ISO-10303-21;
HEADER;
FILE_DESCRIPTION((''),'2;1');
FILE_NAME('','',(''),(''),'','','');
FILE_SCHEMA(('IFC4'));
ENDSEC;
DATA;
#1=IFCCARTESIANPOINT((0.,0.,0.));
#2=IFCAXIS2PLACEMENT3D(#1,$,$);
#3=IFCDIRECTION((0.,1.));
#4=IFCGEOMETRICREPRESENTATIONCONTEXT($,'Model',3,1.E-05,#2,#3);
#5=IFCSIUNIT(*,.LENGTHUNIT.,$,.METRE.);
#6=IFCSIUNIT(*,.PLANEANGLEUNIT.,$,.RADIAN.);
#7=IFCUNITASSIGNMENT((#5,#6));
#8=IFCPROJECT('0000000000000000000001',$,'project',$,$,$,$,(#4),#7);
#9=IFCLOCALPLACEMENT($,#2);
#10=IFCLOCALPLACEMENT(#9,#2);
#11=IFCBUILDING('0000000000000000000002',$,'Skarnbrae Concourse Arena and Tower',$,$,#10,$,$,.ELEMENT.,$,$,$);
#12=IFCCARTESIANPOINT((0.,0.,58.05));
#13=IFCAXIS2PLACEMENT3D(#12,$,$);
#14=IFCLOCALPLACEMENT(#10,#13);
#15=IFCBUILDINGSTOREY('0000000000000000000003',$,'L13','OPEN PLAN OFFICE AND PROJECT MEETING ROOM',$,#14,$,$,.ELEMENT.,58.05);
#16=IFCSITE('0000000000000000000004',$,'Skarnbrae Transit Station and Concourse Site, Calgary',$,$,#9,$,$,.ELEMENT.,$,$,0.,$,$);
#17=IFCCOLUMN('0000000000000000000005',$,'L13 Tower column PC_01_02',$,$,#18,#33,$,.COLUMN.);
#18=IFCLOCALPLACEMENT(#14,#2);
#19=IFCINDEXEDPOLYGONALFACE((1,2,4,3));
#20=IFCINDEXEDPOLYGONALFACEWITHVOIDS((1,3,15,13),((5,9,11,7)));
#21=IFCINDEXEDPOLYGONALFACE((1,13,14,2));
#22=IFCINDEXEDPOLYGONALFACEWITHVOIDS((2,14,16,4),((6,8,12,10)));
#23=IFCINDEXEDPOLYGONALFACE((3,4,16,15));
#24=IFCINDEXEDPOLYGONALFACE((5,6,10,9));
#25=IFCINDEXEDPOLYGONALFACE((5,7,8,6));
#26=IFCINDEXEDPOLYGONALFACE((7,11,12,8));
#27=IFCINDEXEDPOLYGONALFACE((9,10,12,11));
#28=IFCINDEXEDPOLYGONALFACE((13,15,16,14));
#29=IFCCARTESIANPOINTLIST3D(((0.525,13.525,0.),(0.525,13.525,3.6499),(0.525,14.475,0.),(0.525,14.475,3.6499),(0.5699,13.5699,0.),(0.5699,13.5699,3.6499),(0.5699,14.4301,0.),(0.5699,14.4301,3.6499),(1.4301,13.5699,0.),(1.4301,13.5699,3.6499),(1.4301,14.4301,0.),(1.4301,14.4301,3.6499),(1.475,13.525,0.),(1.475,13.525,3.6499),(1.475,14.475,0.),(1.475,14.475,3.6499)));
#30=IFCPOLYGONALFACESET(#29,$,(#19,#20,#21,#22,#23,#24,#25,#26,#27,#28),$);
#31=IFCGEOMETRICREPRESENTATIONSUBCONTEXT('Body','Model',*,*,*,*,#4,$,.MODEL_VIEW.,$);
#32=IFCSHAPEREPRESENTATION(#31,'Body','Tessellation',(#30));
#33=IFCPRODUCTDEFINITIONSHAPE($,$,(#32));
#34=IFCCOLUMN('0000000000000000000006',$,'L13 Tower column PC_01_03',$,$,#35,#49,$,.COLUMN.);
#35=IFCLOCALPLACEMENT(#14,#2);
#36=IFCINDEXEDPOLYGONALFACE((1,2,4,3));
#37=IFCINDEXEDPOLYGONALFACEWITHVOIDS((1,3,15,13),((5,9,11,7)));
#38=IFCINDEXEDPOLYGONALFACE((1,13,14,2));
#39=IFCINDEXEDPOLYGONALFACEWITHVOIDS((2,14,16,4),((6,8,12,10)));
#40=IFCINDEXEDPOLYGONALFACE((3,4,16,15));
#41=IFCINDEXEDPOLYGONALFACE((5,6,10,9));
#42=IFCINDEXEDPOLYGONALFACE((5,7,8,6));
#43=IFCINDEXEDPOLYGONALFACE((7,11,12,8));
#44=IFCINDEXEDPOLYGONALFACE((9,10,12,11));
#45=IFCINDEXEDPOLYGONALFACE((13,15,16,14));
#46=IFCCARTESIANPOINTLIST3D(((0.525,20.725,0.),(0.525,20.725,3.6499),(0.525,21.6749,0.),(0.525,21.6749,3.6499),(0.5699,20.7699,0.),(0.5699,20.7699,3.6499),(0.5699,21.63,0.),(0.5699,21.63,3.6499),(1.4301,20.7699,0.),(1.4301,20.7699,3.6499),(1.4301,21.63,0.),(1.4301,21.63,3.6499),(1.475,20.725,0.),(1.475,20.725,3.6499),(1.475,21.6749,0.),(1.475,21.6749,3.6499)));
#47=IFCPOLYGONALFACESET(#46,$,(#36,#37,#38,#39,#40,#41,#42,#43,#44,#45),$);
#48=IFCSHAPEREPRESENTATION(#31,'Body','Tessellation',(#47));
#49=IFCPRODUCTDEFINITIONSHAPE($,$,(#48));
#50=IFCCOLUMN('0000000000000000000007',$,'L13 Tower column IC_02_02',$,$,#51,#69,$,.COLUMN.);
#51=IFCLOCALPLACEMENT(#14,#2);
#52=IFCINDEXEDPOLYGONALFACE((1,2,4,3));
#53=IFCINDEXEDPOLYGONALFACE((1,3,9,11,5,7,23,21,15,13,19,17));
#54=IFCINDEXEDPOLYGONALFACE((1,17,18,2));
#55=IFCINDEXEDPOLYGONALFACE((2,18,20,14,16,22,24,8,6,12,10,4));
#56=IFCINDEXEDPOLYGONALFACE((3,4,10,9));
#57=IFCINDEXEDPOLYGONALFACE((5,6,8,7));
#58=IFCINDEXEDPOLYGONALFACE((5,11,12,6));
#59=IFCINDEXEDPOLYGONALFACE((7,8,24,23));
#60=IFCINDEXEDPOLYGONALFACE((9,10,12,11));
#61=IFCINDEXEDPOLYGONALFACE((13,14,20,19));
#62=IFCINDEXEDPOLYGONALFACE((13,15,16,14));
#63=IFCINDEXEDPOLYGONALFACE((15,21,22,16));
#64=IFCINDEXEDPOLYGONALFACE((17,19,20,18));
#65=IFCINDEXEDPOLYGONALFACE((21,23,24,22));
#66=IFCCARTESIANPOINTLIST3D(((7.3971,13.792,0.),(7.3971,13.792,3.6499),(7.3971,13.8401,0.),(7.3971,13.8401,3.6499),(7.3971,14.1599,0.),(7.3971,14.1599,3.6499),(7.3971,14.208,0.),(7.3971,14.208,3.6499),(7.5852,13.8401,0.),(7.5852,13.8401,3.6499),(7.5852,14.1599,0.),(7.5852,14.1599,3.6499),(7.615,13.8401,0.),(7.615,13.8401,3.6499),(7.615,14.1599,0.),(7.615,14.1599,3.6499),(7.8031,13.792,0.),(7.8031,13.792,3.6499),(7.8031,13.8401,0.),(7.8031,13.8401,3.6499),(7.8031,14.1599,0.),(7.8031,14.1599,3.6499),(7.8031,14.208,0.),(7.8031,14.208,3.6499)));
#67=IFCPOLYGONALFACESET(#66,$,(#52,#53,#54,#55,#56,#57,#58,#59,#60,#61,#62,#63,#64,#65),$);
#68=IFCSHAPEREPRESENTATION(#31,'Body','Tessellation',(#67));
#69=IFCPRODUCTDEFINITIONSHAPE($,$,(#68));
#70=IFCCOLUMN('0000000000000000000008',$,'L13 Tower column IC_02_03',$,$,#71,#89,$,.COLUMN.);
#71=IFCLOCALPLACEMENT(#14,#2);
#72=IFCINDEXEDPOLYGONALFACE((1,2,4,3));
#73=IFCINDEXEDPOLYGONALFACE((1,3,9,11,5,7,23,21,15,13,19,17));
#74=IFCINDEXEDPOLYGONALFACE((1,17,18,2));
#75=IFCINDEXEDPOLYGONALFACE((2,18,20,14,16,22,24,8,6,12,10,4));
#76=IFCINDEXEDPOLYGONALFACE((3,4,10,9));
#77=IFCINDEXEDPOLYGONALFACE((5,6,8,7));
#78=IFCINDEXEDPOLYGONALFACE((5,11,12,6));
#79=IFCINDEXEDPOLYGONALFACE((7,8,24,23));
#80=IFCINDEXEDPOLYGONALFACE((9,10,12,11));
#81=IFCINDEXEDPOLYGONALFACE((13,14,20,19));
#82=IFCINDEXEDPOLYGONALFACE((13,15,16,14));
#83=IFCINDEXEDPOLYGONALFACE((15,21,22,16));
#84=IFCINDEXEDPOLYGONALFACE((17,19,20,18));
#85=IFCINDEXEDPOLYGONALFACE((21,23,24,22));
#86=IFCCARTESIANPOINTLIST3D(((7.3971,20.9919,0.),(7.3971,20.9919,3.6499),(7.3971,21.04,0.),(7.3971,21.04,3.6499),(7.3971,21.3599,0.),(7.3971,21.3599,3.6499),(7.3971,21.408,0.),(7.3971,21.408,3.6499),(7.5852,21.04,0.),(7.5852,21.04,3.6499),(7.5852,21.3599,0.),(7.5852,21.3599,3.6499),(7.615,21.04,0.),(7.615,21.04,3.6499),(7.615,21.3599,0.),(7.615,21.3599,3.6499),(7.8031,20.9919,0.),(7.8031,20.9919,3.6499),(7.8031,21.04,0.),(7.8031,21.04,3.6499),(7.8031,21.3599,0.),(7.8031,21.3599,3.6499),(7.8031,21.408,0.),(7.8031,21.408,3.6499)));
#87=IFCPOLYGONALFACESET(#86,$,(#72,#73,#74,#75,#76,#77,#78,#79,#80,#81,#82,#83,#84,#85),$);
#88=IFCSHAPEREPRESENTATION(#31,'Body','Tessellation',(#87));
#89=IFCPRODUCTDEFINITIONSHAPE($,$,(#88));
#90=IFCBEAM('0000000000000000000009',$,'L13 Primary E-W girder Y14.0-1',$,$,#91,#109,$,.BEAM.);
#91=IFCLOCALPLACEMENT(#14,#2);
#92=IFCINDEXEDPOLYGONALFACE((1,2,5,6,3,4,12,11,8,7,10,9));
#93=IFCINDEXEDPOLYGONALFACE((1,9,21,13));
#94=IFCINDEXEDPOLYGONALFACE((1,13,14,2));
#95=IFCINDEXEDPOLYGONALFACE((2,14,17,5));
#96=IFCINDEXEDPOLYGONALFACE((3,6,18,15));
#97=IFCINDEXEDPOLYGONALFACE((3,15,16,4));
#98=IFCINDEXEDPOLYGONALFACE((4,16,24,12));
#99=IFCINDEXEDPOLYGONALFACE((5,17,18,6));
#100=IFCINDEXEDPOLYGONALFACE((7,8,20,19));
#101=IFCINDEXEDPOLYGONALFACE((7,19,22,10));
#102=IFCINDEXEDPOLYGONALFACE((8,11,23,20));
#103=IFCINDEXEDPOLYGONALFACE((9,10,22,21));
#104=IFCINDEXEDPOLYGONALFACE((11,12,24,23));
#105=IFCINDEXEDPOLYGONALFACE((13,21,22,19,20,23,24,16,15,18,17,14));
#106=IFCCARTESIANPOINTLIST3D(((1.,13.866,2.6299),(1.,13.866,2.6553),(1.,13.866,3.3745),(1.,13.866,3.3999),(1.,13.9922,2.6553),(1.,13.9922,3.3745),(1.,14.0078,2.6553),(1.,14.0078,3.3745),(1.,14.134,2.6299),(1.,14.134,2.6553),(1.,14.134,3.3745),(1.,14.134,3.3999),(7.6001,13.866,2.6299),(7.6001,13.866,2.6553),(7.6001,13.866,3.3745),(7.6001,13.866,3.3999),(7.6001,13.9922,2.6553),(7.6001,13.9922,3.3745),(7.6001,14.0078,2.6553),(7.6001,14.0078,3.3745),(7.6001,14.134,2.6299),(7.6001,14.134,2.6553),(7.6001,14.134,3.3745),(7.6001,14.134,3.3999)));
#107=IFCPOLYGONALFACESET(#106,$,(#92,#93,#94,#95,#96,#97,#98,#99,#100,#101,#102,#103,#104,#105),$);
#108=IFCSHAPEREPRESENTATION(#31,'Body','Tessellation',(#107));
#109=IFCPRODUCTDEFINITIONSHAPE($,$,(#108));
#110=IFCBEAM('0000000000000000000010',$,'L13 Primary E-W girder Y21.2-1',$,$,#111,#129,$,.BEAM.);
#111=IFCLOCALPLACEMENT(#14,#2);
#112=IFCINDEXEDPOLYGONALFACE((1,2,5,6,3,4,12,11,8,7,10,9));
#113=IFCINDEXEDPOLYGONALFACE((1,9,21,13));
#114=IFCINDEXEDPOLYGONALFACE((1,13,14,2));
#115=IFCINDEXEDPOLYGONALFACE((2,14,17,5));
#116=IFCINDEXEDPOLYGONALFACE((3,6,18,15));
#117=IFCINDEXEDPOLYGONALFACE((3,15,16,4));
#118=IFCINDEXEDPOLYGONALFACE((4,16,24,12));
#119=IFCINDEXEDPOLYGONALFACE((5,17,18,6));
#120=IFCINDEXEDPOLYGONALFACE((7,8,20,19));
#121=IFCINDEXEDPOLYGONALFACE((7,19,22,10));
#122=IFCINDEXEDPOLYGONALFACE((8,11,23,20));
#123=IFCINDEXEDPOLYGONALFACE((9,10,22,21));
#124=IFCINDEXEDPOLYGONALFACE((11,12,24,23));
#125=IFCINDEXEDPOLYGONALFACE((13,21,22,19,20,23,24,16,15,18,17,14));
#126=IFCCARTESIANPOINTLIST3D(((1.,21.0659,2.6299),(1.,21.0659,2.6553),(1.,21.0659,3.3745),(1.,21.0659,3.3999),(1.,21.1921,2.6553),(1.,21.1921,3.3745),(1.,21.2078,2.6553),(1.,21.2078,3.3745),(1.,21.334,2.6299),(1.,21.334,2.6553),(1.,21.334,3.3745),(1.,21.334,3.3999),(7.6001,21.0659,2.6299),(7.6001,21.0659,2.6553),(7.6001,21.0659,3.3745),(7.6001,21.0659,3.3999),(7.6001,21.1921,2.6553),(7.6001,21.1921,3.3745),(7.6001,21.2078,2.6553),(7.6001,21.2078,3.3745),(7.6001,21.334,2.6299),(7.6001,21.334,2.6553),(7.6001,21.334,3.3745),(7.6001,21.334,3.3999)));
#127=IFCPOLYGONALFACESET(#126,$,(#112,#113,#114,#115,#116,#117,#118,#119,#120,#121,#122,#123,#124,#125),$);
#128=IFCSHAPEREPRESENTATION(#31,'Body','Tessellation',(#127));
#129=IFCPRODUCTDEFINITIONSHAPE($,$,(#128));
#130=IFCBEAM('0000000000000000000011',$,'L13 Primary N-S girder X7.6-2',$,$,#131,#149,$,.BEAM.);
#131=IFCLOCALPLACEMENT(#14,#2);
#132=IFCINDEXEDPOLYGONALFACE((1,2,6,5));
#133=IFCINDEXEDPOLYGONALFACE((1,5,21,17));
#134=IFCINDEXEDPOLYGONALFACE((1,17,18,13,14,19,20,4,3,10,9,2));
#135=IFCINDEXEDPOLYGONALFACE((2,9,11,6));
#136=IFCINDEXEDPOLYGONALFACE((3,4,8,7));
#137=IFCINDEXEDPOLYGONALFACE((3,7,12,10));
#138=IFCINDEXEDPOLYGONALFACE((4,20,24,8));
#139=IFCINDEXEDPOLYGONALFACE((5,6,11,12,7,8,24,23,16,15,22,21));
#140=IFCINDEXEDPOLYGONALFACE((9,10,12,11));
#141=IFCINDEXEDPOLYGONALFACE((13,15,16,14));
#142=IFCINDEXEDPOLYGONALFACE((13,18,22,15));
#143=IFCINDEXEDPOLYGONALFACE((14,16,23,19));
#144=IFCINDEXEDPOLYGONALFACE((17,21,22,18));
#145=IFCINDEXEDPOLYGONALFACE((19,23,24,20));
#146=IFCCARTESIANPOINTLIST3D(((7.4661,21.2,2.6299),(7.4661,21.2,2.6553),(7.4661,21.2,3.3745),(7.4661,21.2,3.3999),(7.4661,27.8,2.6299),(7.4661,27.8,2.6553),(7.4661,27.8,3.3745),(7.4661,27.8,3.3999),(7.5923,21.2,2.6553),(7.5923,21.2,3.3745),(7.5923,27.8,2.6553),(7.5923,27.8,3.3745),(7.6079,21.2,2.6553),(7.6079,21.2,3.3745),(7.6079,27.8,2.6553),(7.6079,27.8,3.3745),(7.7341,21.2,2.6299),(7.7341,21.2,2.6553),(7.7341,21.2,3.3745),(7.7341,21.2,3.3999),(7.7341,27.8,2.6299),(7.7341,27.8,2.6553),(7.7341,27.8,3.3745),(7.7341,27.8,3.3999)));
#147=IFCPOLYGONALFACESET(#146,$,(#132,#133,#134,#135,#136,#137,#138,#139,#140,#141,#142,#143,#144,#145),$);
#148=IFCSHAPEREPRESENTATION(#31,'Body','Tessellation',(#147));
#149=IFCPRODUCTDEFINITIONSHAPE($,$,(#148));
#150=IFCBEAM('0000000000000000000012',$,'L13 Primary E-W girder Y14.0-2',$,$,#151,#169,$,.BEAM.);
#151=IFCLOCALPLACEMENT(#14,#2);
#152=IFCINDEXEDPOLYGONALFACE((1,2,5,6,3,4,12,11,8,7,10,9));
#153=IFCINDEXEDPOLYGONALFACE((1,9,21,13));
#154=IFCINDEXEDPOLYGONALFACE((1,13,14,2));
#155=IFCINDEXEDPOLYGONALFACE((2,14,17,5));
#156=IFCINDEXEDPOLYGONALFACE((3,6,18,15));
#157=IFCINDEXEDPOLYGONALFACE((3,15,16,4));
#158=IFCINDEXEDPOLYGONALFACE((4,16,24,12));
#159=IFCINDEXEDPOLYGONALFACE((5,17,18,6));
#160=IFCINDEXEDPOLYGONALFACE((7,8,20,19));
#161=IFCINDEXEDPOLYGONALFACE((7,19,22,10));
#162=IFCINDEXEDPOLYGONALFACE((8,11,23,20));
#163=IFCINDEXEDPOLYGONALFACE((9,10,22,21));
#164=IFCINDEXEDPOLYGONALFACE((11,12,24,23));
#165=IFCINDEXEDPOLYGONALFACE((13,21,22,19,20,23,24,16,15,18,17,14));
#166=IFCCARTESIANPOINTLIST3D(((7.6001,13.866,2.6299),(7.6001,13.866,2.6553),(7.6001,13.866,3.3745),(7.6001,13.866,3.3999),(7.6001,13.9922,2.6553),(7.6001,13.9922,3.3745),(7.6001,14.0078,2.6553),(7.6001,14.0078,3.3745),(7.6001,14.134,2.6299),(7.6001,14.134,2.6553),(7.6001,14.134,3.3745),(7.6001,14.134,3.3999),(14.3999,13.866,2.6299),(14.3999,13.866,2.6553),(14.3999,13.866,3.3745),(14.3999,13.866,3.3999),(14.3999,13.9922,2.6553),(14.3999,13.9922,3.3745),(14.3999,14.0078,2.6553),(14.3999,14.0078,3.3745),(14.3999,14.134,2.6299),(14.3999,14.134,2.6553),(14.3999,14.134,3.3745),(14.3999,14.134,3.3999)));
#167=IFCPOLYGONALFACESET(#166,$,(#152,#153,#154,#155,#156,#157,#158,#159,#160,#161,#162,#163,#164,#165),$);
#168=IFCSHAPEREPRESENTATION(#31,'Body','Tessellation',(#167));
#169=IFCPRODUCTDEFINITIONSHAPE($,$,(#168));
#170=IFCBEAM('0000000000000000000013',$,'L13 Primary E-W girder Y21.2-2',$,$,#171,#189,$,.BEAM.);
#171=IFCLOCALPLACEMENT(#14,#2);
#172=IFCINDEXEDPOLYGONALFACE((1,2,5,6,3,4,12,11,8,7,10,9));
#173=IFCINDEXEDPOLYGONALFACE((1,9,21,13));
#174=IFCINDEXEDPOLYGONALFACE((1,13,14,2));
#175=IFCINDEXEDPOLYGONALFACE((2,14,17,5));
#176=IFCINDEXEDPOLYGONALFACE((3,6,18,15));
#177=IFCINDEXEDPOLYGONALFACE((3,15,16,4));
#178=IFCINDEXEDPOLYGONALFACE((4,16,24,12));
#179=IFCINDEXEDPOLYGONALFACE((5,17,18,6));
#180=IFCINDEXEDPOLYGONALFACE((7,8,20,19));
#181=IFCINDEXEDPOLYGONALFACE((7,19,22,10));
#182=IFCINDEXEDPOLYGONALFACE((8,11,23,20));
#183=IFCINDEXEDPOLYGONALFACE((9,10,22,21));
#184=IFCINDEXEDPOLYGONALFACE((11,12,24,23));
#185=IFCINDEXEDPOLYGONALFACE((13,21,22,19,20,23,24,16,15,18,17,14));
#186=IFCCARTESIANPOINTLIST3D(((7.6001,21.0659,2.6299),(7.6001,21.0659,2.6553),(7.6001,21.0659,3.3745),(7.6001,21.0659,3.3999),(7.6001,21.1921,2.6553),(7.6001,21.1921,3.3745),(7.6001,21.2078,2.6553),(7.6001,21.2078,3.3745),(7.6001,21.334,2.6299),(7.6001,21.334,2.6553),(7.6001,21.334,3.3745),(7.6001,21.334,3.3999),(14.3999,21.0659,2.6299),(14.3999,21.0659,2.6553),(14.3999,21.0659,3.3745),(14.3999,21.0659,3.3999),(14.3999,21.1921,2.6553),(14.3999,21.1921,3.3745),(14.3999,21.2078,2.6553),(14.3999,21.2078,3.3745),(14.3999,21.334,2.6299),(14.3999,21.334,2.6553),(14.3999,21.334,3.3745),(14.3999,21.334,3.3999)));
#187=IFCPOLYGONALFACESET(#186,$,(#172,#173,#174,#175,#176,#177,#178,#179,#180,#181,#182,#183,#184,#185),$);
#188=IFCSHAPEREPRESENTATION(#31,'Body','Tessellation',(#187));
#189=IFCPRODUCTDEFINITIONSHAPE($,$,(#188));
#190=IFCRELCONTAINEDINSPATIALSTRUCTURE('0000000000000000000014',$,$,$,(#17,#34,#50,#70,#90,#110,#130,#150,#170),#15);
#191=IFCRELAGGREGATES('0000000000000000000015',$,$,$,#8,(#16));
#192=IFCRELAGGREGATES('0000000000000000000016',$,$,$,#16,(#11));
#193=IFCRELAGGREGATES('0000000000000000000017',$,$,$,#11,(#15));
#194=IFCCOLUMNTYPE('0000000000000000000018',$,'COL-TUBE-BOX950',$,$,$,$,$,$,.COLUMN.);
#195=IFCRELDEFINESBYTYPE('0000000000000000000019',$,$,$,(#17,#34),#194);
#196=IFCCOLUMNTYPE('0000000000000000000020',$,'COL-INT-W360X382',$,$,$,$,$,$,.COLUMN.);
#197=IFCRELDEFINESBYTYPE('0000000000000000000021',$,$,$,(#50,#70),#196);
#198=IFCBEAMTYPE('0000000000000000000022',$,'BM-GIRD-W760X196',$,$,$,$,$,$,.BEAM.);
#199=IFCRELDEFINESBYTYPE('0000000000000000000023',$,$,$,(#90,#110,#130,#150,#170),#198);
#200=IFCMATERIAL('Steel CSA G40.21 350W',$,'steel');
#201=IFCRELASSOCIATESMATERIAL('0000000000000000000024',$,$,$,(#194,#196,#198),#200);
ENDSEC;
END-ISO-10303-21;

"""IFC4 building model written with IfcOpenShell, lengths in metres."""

from ifc_helpers import new_model, si_unit, direction, frame, origin, origin_2d, place, context, subcontext, project, spatial, hollow_rectangle, i_section, extrude, source, transform, mapped, material, material_profile, profile_set, type_object, element, save


model = new_model("IFC4")

# Units and contexts
model_context = context("Model", 3, precision=1e-05, world=origin(), true_north=direction((0.0, 1.0)))
body_context = subcontext(model_context, "Body", "Model", "MODEL_VIEW")
ifc_project = project(units=[si_unit("LENGTHUNIT", "METRE"), si_unit("PLANEANGLEUNIT", "RADIAN")], contexts=[model_context])

# Site, building, storey
site_placement = place(None, origin())
site = spatial("IfcSite", under=ifc_project, at=site_placement, Name="Skarnbrae Transit Station and Concourse Site, Calgary", CompositionType="ELEMENT", RefElevation=0.0)
building_placement = place(site_placement, origin())
building = spatial("IfcBuilding", under=site, at=building_placement, Name="Skarnbrae Concourse Arena and Tower", CompositionType="ELEMENT")
storey_placement = place(building_placement, frame((0.0, 0.0, 58.05)))
storey = spatial("IfcBuildingStorey", under=building, at=storey_placement, Name="L13", Description="OPEN PLAN OFFICE AND PROJECT MEETING ROOM", CompositionType="ELEMENT", Elevation=58.05)

# Columns
ifc_material_1 = material(Name="Steel CSA G40.21 350W", Category="steel")
ifc_material_profile_1 = material_profile(ifc_material_1, hollow_rectangle(XDim=0.95, YDim=0.95, WallThickness=0.0449, at=origin_2d()), Name="BOX950X950X45")
ifc_profile_set_1 = profile_set([ifc_material_profile_1], Name="Steel CSA G40.21 350W")
column_type_1 = type_object("IfcColumnType", Name="COL-TUBE-BOX950", PredefinedType="COLUMN", material=ifc_profile_set_1)
shared_shape_1 = source(origin(), body_context, "Body", "SweptSolid", [
    extrude(hollow_rectangle(XDim=0.95, YDim=0.95, WallThickness=0.0449, at=origin_2d()), origin(), (0.0, 0.0, 1.0), 3.6499),
])
for number, where, z_axis, x_axis, name in (
    (1, (1.0, 14.0, 0.0), (0.0, 0.0, 1.0), (1.0, 0.0, 0.0), "L13 Tower column PC_01_02"),
    (2, (1.0, 21.2, 0.0), (0.0, 0.0, 1.0), (1.0, 0.0, 0.0), "L13 Tower column PC_01_03"),
):
    element("IfcColumn", number, at=place(storey_placement, frame(where, z_axis=z_axis, x_axis=x_axis)), inside=storey, type_object=column_type_1, Name=name, PredefinedType="COLUMN", context=body_context, shape_type="MappedRepresentation", body=[
        mapped(shared_shape_1, transform((0.0, 0.0, 0.0))),
    ])
ifc_material_profile_2 = material_profile(ifc_material_1, i_section(OverallWidth=0.406, OverallDepth=0.416, WebThickness=0.0298, FlangeThickness=0.0481, at=origin_2d()), Name="W360X382")
ifc_profile_set_2 = profile_set([ifc_material_profile_2], Name="Steel CSA G40.21 350W")
column_type_2 = type_object("IfcColumnType", Name="COL-INT-W360X382", PredefinedType="COLUMN", material=ifc_profile_set_2)
shared_shape_2 = source(origin(), body_context, "Body", "SweptSolid", [
    extrude(i_section(OverallWidth=0.406, OverallDepth=0.416, WebThickness=0.0298, FlangeThickness=0.0481, at=origin_2d()), origin(), (0.0, 0.0, 1.0), 3.6499),
])
for number, where, z_axis, x_axis, name in (
    (3, (7.6001, 14.0, 0.0), (0.0, 0.0, 1.0), (1.0, 0.0, 0.0), "L13 Tower column IC_02_02"),
    (4, (7.6001, 21.2, 0.0), (0.0, 0.0, 1.0), (1.0, 0.0, 0.0), "L13 Tower column IC_02_03"),
):
    element("IfcColumn", number, at=place(storey_placement, frame(where, z_axis=z_axis, x_axis=x_axis)), inside=storey, type_object=column_type_2, Name=name, PredefinedType="COLUMN", context=body_context, shape_type="MappedRepresentation", body=[
        mapped(shared_shape_2, transform((0.0, 0.0, 0.0))),
    ])

# Beams
ifc_material_profile_3 = material_profile(ifc_material_1, i_section(OverallWidth=0.2681, OverallDepth=0.77, WebThickness=0.0156, FlangeThickness=0.0254, at=origin_2d()), Name="W760X196")
ifc_profile_set_3 = profile_set([ifc_material_profile_3], Name="Steel CSA G40.21 350W")
beam_type_1 = type_object("IfcBeamType", Name="BM-GIRD-W760X196", PredefinedType="BEAM", material=ifc_profile_set_3)
shared_shape_3 = source(origin(), body_context, "Body", "SweptSolid", [
    extrude(i_section(OverallWidth=0.2681, OverallDepth=0.77, WebThickness=0.0156, FlangeThickness=0.0254, at=origin_2d()), origin(), (0.0, 0.0, 1.0), 6.6001),
])
for number, where, z_axis, x_axis, name in (
    (5, (1.0, 14.0, 3.0149), (1.0, 0.0, 0.0), (0.0, 1.0, 0.0), "L13 Primary E-W girder Y14.0-1"),
    (6, (1.0, 21.2, 3.0149), (1.0, 0.0, 0.0), (0.0, 1.0, 0.0), "L13 Primary E-W girder Y21.2-1"),
    (7, (7.6001, 21.2, 3.0149), (0.0, 1.0, 0.0), (-1.0, 0.0, 0.0), "L13 Primary N-S girder X7.6-2"),
):
    element("IfcBeam", number, at=place(storey_placement, frame(where, z_axis=z_axis, x_axis=x_axis)), inside=storey, type_object=beam_type_1, Name=name, PredefinedType="BEAM", context=body_context, shape_type="MappedRepresentation", body=[
        mapped(shared_shape_3, transform((0.0, 0.0, 0.0))),
    ])
shared_shape_4 = source(origin(), body_context, "Body", "SweptSolid", [
    extrude(i_section(OverallWidth=0.2681, OverallDepth=0.77, WebThickness=0.0156, FlangeThickness=0.0254, at=origin_2d()), origin(), (0.0, 0.0, 1.0), 6.7998),
])
for number, where, z_axis, x_axis, name in (
    (8, (7.6001, 14.0, 3.0149), (1.0, 0.0, 0.0), (0.0, 1.0, 0.0), "L13 Primary E-W girder Y14.0-2"),
    (9, (7.6001, 21.2, 3.0149), (1.0, 0.0, 0.0), (0.0, 1.0, 0.0), "L13 Primary E-W girder Y21.2-2"),
):
    element("IfcBeam", number, at=place(storey_placement, frame(where, z_axis=z_axis, x_axis=x_axis)), inside=storey, type_object=beam_type_1, Name=name, PredefinedType="BEAM", context=body_context, shape_type="MappedRepresentation", body=[
        mapped(shared_shape_4, transform((0.0, 0.0, 0.0))),
    ])

save(model, "model.ifc")
